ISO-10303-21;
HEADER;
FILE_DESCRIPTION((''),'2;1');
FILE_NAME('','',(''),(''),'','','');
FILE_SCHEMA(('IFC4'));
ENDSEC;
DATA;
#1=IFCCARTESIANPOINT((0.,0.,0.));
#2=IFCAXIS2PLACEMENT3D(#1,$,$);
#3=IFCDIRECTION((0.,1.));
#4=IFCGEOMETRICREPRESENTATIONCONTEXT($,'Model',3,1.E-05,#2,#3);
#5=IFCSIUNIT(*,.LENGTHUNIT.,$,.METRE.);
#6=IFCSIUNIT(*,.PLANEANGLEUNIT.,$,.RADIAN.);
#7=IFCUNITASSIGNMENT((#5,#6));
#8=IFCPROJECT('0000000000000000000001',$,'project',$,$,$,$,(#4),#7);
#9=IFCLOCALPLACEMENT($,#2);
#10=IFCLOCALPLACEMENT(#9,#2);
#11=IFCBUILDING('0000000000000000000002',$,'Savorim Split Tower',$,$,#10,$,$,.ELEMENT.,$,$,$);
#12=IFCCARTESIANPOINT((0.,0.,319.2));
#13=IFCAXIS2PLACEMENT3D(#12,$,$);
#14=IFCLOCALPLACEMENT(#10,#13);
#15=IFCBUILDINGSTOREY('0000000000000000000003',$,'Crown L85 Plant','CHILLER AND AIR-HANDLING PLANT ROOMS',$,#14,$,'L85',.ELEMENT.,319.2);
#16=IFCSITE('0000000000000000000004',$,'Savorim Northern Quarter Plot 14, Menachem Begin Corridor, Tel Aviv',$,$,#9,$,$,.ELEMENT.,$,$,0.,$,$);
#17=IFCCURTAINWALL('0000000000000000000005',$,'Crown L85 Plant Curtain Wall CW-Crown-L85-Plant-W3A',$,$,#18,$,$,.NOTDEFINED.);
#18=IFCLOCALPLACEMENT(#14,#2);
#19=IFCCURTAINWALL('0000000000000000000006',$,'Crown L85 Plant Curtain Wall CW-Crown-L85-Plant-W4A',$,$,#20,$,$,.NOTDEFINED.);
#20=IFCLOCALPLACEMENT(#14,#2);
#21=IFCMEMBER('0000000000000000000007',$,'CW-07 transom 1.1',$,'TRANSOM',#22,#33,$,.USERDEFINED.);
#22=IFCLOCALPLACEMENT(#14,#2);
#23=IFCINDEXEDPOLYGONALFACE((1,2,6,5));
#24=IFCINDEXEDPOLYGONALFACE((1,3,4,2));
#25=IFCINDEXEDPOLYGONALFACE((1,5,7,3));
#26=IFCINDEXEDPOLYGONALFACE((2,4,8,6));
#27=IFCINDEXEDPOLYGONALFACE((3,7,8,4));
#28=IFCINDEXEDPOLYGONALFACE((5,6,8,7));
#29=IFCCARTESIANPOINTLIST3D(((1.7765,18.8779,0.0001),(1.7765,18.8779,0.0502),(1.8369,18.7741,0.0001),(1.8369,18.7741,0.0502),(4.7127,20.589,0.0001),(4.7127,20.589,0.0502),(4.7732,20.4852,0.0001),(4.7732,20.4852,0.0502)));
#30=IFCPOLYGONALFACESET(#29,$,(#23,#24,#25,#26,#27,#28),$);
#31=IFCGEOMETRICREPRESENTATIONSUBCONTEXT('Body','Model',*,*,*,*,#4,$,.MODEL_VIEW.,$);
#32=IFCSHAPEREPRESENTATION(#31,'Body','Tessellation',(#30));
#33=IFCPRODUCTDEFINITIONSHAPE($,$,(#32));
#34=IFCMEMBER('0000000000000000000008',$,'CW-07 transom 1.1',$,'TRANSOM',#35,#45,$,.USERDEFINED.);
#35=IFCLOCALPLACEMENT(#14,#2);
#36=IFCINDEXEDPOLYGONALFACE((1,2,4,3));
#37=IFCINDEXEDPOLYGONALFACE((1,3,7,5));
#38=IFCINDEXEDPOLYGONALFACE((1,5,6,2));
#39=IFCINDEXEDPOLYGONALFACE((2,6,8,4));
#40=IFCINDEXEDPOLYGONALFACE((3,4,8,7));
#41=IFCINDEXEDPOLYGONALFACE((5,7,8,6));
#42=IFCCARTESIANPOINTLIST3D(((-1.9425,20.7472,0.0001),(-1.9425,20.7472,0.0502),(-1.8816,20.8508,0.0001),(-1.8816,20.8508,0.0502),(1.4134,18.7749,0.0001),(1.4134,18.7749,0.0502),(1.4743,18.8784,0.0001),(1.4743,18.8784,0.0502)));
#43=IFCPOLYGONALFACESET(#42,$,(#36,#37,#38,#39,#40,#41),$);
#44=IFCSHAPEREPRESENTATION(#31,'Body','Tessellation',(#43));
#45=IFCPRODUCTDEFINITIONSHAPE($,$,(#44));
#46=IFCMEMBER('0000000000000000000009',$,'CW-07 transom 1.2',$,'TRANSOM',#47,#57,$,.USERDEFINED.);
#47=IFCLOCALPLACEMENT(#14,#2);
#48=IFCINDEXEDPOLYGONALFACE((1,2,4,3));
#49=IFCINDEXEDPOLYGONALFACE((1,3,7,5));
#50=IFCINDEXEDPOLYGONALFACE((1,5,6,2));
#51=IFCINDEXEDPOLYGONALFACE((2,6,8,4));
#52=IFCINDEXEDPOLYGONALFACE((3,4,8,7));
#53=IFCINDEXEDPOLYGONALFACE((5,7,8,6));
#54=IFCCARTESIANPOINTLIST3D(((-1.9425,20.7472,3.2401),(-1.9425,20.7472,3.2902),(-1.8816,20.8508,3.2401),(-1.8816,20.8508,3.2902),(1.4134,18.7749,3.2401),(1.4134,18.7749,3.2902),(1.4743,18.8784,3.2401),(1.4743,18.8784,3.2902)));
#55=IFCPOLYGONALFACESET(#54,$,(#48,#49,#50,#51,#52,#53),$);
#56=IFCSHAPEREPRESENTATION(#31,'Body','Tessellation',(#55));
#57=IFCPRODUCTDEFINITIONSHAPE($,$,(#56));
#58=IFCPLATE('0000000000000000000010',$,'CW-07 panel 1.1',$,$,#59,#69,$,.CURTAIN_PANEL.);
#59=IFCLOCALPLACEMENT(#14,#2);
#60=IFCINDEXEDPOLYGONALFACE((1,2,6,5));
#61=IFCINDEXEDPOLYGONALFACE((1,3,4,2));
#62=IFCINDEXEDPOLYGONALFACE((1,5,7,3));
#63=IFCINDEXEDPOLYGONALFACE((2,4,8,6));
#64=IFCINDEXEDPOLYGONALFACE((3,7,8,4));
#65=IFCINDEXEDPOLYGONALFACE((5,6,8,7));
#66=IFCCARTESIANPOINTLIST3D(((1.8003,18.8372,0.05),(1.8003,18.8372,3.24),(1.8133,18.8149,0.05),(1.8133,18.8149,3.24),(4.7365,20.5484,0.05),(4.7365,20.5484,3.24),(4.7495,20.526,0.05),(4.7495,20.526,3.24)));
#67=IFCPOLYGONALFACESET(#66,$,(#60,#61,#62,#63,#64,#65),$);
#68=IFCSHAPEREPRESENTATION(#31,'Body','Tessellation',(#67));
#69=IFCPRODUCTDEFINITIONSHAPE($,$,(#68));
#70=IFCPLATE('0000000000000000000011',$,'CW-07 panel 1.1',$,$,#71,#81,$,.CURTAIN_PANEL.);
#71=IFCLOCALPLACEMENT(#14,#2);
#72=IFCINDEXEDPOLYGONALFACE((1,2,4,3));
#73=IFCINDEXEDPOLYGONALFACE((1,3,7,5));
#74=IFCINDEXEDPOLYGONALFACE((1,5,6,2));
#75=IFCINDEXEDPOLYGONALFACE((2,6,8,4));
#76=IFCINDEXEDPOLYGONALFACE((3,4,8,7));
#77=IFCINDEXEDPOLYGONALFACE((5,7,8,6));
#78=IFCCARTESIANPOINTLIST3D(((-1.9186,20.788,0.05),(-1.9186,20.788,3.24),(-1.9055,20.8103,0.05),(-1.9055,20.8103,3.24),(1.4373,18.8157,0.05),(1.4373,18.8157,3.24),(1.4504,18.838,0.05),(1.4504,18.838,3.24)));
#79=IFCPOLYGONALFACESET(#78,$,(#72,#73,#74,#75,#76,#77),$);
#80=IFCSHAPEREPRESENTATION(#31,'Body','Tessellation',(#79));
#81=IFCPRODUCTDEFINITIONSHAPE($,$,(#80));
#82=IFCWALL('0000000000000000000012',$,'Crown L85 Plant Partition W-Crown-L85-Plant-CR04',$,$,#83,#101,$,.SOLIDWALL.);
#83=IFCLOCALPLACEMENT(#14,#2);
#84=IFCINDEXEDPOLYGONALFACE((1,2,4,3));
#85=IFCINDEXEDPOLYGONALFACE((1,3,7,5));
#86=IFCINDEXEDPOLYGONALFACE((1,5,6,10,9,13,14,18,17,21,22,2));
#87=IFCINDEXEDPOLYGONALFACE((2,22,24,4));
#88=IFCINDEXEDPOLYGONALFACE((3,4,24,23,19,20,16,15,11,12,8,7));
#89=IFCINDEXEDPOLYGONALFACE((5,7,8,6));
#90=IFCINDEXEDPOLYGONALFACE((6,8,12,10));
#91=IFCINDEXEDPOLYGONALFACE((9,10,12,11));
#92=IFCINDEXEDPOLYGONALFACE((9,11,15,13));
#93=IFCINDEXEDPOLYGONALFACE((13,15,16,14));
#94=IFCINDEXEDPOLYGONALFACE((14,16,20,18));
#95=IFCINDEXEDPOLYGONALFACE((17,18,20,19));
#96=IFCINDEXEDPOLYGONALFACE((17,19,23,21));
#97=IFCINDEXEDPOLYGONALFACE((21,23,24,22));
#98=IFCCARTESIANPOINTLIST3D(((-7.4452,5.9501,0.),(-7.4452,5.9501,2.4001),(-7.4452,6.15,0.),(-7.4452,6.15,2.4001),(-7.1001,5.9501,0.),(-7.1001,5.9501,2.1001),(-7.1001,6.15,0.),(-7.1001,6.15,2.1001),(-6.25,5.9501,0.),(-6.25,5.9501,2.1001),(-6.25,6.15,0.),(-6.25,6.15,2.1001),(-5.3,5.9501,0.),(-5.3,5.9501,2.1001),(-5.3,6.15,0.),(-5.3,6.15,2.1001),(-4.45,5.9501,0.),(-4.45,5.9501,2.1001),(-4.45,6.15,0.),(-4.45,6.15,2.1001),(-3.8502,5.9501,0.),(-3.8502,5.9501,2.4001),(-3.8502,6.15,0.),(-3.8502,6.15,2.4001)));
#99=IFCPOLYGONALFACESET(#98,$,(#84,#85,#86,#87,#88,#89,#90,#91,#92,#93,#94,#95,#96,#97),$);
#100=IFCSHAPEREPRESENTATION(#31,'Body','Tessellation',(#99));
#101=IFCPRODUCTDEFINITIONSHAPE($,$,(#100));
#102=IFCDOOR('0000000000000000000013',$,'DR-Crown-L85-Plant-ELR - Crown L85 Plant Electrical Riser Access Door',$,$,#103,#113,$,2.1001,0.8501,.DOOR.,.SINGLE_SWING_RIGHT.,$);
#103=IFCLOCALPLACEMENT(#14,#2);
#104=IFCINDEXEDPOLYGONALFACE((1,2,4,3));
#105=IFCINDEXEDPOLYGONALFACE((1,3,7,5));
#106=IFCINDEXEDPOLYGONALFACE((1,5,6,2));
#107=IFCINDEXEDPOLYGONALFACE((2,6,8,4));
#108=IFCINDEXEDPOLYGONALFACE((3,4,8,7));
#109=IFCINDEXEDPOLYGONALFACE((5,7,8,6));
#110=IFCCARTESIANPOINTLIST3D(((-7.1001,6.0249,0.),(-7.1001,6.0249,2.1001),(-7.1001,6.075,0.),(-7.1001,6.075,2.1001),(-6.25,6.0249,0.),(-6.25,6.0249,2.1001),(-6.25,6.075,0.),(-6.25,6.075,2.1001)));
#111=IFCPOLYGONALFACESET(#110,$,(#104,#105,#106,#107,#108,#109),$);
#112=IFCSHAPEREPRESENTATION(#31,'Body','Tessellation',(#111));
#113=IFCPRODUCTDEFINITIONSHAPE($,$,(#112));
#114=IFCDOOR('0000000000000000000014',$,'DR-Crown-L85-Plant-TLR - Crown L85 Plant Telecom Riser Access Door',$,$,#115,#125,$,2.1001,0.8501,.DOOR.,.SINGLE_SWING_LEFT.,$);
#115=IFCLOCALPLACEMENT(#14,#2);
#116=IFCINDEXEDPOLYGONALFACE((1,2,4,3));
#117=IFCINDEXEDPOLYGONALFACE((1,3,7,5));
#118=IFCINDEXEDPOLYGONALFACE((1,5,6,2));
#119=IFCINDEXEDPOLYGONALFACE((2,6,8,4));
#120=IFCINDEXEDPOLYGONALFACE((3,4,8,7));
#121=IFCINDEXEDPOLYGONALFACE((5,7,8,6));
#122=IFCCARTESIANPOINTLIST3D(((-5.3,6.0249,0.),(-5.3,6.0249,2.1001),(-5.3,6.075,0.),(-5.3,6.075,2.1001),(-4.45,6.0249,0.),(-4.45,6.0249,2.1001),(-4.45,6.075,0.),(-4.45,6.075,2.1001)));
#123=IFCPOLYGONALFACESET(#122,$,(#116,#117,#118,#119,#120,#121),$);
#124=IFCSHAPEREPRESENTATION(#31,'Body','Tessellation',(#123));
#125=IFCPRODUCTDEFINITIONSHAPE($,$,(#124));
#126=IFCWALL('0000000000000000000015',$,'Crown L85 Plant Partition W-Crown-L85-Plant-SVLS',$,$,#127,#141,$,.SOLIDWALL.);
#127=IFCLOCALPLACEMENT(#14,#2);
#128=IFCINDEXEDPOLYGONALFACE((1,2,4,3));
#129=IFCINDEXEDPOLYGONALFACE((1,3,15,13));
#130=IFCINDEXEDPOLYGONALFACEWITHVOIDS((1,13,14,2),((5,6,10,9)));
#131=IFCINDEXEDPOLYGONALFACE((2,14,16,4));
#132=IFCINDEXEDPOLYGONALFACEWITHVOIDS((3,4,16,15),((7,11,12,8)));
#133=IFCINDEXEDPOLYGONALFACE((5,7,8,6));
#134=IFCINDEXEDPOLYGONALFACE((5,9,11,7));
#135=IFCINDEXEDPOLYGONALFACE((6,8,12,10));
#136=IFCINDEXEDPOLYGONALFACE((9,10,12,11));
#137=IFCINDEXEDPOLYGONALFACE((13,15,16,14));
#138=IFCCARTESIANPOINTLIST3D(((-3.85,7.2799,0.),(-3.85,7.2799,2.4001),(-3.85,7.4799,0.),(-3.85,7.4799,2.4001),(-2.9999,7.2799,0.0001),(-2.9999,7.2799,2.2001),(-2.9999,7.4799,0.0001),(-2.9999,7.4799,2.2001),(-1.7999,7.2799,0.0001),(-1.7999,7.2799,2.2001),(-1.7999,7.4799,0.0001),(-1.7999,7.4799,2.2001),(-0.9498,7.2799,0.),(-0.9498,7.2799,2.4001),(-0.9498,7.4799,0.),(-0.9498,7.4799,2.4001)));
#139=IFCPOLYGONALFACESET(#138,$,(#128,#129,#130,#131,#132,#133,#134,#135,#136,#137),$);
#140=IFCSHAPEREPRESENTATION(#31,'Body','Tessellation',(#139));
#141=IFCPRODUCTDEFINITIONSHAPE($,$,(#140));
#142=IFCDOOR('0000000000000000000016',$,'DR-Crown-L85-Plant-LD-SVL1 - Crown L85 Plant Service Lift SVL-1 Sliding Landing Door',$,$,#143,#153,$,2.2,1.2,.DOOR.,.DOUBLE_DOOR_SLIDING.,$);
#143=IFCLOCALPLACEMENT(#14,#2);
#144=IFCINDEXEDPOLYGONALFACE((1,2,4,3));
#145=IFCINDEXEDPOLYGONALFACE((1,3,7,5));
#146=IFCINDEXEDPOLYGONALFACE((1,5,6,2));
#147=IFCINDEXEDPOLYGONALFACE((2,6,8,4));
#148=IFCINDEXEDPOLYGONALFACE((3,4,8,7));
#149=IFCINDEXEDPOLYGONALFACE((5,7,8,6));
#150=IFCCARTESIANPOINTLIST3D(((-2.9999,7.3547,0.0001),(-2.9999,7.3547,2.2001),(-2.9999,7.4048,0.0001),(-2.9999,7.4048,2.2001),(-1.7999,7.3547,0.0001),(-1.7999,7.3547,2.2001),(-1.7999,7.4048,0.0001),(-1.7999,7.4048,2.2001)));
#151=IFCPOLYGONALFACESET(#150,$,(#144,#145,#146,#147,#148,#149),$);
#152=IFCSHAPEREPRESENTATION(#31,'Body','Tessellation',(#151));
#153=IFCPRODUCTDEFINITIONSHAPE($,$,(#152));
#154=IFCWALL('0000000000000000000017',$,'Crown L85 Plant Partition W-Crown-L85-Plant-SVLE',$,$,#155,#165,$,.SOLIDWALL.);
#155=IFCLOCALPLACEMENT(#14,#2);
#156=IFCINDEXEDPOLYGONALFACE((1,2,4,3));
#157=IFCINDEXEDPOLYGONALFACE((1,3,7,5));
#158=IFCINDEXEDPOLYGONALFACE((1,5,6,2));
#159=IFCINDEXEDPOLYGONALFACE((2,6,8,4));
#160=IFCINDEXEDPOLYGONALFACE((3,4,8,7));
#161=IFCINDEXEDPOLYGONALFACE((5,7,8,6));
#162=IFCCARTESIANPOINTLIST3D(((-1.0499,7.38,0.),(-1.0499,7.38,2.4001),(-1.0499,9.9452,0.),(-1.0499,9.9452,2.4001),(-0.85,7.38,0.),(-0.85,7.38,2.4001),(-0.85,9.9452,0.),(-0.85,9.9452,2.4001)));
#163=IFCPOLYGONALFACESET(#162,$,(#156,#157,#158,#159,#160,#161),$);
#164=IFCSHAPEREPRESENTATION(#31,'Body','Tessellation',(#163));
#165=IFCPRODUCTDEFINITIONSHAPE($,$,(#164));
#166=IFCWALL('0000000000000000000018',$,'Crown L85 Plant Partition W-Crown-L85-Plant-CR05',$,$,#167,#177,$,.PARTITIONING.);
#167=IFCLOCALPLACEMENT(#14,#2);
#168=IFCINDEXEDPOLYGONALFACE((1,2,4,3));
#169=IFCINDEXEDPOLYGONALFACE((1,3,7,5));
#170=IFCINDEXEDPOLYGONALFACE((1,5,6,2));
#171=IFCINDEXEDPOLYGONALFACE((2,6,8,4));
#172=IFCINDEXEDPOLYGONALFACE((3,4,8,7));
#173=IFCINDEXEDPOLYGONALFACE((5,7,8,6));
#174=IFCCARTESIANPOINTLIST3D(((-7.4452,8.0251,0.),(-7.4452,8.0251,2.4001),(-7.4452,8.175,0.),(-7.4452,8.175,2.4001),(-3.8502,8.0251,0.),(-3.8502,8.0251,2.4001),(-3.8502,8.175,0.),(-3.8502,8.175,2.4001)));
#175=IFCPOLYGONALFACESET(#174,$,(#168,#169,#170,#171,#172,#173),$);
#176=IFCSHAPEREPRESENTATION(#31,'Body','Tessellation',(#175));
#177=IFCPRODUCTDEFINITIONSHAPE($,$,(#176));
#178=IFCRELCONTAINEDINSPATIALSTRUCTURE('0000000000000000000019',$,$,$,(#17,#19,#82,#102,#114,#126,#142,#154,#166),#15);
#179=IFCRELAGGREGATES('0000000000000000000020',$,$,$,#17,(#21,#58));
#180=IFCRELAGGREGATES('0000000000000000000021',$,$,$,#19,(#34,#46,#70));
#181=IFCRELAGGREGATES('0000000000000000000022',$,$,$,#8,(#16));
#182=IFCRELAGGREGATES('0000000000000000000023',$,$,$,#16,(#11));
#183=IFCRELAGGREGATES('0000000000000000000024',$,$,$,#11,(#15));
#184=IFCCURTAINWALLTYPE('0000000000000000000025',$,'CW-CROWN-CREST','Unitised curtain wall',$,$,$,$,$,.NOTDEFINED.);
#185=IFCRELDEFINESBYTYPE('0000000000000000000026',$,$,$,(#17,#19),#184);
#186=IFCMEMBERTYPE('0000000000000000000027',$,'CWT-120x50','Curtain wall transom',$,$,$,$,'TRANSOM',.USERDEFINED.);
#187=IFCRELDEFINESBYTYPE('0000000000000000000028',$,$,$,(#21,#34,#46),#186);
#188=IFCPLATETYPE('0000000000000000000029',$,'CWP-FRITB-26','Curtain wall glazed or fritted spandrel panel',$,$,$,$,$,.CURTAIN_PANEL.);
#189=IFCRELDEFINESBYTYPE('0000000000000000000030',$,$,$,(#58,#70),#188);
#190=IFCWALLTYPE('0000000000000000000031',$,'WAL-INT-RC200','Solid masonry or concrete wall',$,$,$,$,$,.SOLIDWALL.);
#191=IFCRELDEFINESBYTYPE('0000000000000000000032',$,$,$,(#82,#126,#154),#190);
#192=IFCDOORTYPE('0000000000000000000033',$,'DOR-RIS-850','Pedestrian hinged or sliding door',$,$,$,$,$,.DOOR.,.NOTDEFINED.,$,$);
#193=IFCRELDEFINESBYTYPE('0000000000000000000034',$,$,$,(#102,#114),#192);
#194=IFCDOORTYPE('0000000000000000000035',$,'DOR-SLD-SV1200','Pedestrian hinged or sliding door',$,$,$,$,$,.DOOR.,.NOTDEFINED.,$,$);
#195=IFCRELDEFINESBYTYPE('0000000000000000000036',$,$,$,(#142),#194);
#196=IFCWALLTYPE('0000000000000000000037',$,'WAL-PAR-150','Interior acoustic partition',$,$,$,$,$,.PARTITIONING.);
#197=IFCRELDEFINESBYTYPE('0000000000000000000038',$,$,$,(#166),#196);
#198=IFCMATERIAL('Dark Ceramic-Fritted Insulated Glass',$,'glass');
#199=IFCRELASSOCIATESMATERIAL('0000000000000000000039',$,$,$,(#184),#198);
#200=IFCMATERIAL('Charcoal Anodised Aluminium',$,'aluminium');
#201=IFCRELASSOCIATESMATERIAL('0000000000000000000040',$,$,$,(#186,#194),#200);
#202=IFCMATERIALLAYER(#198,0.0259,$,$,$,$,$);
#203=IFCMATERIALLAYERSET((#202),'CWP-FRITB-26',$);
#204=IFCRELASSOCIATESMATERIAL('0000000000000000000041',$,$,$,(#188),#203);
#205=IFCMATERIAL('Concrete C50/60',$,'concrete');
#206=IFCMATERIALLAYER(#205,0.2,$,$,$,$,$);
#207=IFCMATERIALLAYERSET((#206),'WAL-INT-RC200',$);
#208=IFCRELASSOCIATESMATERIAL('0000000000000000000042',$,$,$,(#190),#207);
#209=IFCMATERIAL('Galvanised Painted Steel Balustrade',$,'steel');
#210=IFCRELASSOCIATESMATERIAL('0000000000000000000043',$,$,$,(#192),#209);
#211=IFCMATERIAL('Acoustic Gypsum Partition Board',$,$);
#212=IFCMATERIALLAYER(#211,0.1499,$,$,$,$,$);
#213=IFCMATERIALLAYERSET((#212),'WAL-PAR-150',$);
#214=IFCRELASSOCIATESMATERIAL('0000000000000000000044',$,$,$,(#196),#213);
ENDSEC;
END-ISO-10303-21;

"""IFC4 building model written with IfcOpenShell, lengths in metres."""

from ifc_helpers import new_model, si_unit, direction, frame, frame_2d, origin, origin_2d, place, context, subcontext, project, spatial, rectangle, extrude, material, layer, layer_set, material_profile, profile_set, type_object, element, fill, aggregate, save


model = new_model("IFC4")

# Units and contexts
model_context = context("Model", 3, precision=1e-05, world=origin(), true_north=direction((0.0, 1.0)))
body_context = subcontext(model_context, "Body", "Model", "MODEL_VIEW")
ifc_project = project(units=[si_unit("LENGTHUNIT", "METRE"), si_unit("PLANEANGLEUNIT", "RADIAN")], contexts=[model_context])

# Site, building, storey
site_placement = place(None, origin())
site = spatial("IfcSite", under=ifc_project, at=site_placement, Name="Savorim Northern Quarter Plot 14, Menachem Begin Corridor, Tel Aviv", CompositionType="ELEMENT", RefElevation=0.0)
building_placement = place(site_placement, origin())
building = spatial("IfcBuilding", under=site, at=building_placement, Name="Savorim Split Tower", CompositionType="ELEMENT")
storey_placement = place(building_placement, frame((0.0, 0.0, 319.2)))
storey = spatial("IfcBuildingStorey", under=building, at=storey_placement, Name="Crown L85 Plant", Description="CHILLER AND AIR-HANDLING PLANT ROOMS", LongName="L85", CompositionType="ELEMENT", Elevation=319.2)

# Curtain wall
ifc_material_1 = material(Name="Dark Ceramic-Fritted Insulated Glass", Category="glass")
curtain_wall_type = type_object("IfcCurtainWallType", Name="CW-CROWN-CREST", Description="Unitised curtain wall", PredefinedType="NOTDEFINED", material=ifc_material_1)
curtain_wall_1_placement = place(storey_placement, origin())
curtain_wall_1 = element("IfcCurtainWall", 1, at=curtain_wall_1_placement, inside=storey, type_object=curtain_wall_type, Name="Crown L85 Plant Curtain Wall CW-Crown-L85-Plant-W3A", PredefinedType="NOTDEFINED")
ifc_material_2 = material(Name="Charcoal Anodised Aluminium", Category="aluminium")

# Curtain wall
curtain_wall_2_placement = place(storey_placement, origin())
curtain_wall_2 = element("IfcCurtainWall", 2, at=curtain_wall_2_placement, inside=storey, type_object=curtain_wall_type, Name="Crown L85 Plant Curtain Wall CW-Crown-L85-Plant-W4A", PredefinedType="NOTDEFINED")

# Members
ifc_material_profile_1 = material_profile(ifc_material_2, rectangle(XDim=0.1201, YDim=0.05, at=origin_2d()), Name="ALU-T 120x50")
ifc_profile_set_1 = profile_set([ifc_material_profile_1], Name="Charcoal Anodised Aluminium")
member_type_1 = type_object("IfcMemberType", Name="CWT-120x50", Description="Curtain wall transom", ElementType="TRANSOM", PredefinedType="USERDEFINED", material=ifc_profile_set_1)
member_1_placement = place(storey_placement, frame((4.7429, 20.5371, 0.0251), z_axis=(-0.86399, -0.503509, 0.0), x_axis=(0.503509, -0.86399, 0.0)))
member_1 = element("IfcMember", 3, at=member_1_placement, type_object=member_type_1, Name="CW-07 transom 1.1", ObjectType="TRANSOM", PredefinedType="USERDEFINED", context=body_context, shape_type="SweptSolid", body=[
    extrude(rectangle(XDim=0.1201, YDim=0.05, at=origin_2d()), origin(), (0.0, 0.0, 1.0), 3.3984),
])
member_2_placement = place(storey_placement, frame((1.4438, 18.8267, 0.0251), z_axis=(-0.862123, 0.506699, 0.0), x_axis=(-0.506699, -0.862123, 0.0)))
member_2 = element("IfcMember", 4, at=member_2_placement, type_object=member_type_1, Name="CW-07 transom 1.1", ObjectType="TRANSOM", PredefinedType="USERDEFINED", context=body_context, shape_type="SweptSolid", body=[
    extrude(rectangle(XDim=0.1201, YDim=0.05, at=origin_2d()), origin(), (0.0, 0.0, 1.0), 3.8926),
])
member_3_placement = place(storey_placement, frame((1.4438, 18.8267, 3.2651), z_axis=(-0.862123, 0.506699, 0.0), x_axis=(-0.506699, -0.862123, 0.0)))
member_3 = element("IfcMember", 5, at=member_3_placement, type_object=member_type_1, Name="CW-07 transom 1.2", ObjectType="TRANSOM", PredefinedType="USERDEFINED", context=body_context, shape_type="SweptSolid", body=[
    extrude(rectangle(XDim=0.1201, YDim=0.05, at=origin_2d()), origin(), (0.0, 0.0, 1.0), 3.8926),
])

# Plates
ifc_layer_1 = layer(ifc_material_1, 0.0259)
ifc_layer_set_1 = layer_set([ifc_layer_1], Name="CWP-FRITB-26")
plate_type = type_object("IfcPlateType", Name="CWP-FRITB-26", Description="Curtain wall glazed or fritted spandrel panel", PredefinedType="CURTAIN_PANEL", material=ifc_layer_set_1)
plate_1_placement = place(storey_placement, frame((3.2749, 19.6816, 0.05), z_axis=(0.0, 0.0, 1.0), x_axis=(-0.863986, -0.503516, 0.0)))
plate_1 = element("IfcPlate", 6, at=plate_1_placement, type_object=plate_type, Name="CW-07 panel 1.1", PredefinedType="CURTAIN_PANEL", context=body_context, shape_type="SweptSolid", body=[
    extrude(rectangle(XDim=3.3984, YDim=0.0259, at=origin_2d()), origin(), (0.0, 0.0, 1.0), 3.1899),
])
aggregate(curtain_wall_1, [member_1, plate_1])
plate_2_placement = place(storey_placement, frame((-0.2341, 19.813, 0.05), z_axis=(0.0, 0.0, 1.0), x_axis=(-0.862124, 0.506698, 0.0)))
plate_2 = element("IfcPlate", 7, at=plate_2_placement, type_object=plate_type, Name="CW-07 panel 1.1", PredefinedType="CURTAIN_PANEL", context=body_context, shape_type="SweptSolid", body=[
    extrude(rectangle(XDim=3.8926, YDim=0.0259, at=origin_2d()), origin(), (0.0, 0.0, 1.0), 3.1899),
])
aggregate(curtain_wall_2, [member_2, member_3, plate_2])

# Wall, openings, doors
ifc_material_3 = material(Name="Concrete C50/60", Category="concrete")
ifc_layer_2 = layer(ifc_material_3, 0.2)
ifc_layer_set_2 = layer_set([ifc_layer_2], Name="WAL-INT-RC200")
wall_type_1 = type_object("IfcWallType", Name="WAL-INT-RC200", Description="Solid masonry or concrete wall", PredefinedType="SOLIDWALL", material=ifc_layer_set_2)
wall_1_placement = place(storey_placement, frame((-7.4451, 6.05, 0.0), z_axis=(0.0, 0.0, 1.0), x_axis=(1.0, 0.0, 0.0)))
wall_1 = element("IfcWall", 8, at=wall_1_placement, inside=storey, type_object=wall_type_1, Name="Crown L85 Plant Partition W-Crown-L85-Plant-CR04", PredefinedType="SOLIDWALL", context=body_context, shape_type="SweptSolid", body=[
    extrude(rectangle(XDim=3.595, YDim=0.2, at=frame_2d((1.7974, 0.0))), origin(), (0.0, 0.0, 1.0), 2.4001),
])
opening_1_placement = place(wall_1_placement, frame((0.345, 0.0, 0.0)))
opening_1 = element("IfcOpeningElement", 9, at=opening_1_placement, cuts=wall_1, PredefinedType="OPENING", context=body_context, shape_type="SweptSolid", body=[
    extrude(rectangle(XDim=0.8501, YDim=2.1001, at=frame_2d((0.425, 1.05))), frame((0.0, 0.1099, 0.0), z_axis=(0.0, -1.0, 0.0), x_axis=(1.0, 0.0, 0.0)), (0.0, 0.0, 1.0), 0.22),
])
opening_2_placement = place(wall_1_placement, frame((2.145, 0.0, 0.0)))
opening_2 = element("IfcOpeningElement", 10, at=opening_2_placement, cuts=wall_1, PredefinedType="OPENING", context=body_context, shape_type="SweptSolid", body=[
    extrude(rectangle(XDim=0.8501, YDim=2.1001, at=frame_2d((0.425, 1.05))), frame((0.0, 0.1099, 0.0), z_axis=(0.0, -1.0, 0.0), x_axis=(1.0, 0.0, 0.0)), (0.0, 0.0, 1.0), 0.22),
])
ifc_material_4 = material(Name="Galvanised Painted Steel Balustrade", Category="steel")
door_type_1 = type_object("IfcDoorType", Name="DOR-RIS-850", Description="Pedestrian hinged or sliding door", OperationType="NOTDEFINED", PredefinedType="DOOR", material=ifc_material_4)
door_1_placement = place(opening_1_placement, origin())
door_1 = element("IfcDoor", 11, at=door_1_placement, inside=storey, type_object=door_type_1, Name="DR-Crown-L85-Plant-ELR - Crown L85 Plant Electrical Riser Access Door", OperationType="SINGLE_SWING_RIGHT", OverallHeight=2.1001, OverallWidth=0.8501, PredefinedType="DOOR", context=body_context, shape_type="SweptSolid", body=[
    extrude(rectangle(XDim=0.8501, YDim=2.1001, at=frame_2d((0.425, 1.05))), frame((0.0, 0.0249, 0.0), z_axis=(0.0, -1.0, 0.0), x_axis=(1.0, 0.0, 0.0)), (0.0, 0.0, 1.0), 0.05),
])
fill(opening_1, door_1)
door_2_placement = place(opening_2_placement, origin())
door_2 = element("IfcDoor", 12, at=door_2_placement, inside=storey, type_object=door_type_1, Name="DR-Crown-L85-Plant-TLR - Crown L85 Plant Telecom Riser Access Door", OperationType="SINGLE_SWING_LEFT", OverallHeight=2.1001, OverallWidth=0.8501, PredefinedType="DOOR", context=body_context, shape_type="SweptSolid", body=[
    extrude(rectangle(XDim=0.8501, YDim=2.1001, at=frame_2d((0.425, 1.05))), frame((0.0, 0.0249, 0.0), z_axis=(0.0, -1.0, 0.0), x_axis=(1.0, 0.0, 0.0)), (0.0, 0.0, 1.0), 0.05),
])
fill(opening_2, door_2)

# Wall, opening, door
wall_2_placement = place(storey_placement, frame((-3.8501, 7.3799, 0.0), z_axis=(0.0, 0.0, 1.0), x_axis=(1.0, 0.0, 0.0)))
wall_2 = element("IfcWall", 13, at=wall_2_placement, inside=storey, type_object=wall_type_1, Name="Crown L85 Plant Partition W-Crown-L85-Plant-SVLS", PredefinedType="SOLIDWALL", context=body_context, shape_type="SweptSolid", body=[
    extrude(rectangle(XDim=2.9001, YDim=0.2, at=frame_2d((1.4502, 0.0))), origin(), (0.0, 0.0, 1.0), 2.4001),
])
opening_3_placement = place(wall_2_placement, frame((0.8501, 0.0, 0.0)))
opening_3 = element("IfcOpeningElement", 14, at=opening_3_placement, cuts=wall_2, PredefinedType="OPENING", context=body_context, shape_type="SweptSolid", body=[
    extrude(rectangle(XDim=1.2, YDim=2.2, at=frame_2d((0.6001, 1.1001))), frame((0.0, 0.1099, 0.0), z_axis=(0.0, -1.0, 0.0), x_axis=(1.0, 0.0, 0.0)), (0.0, 0.0, 1.0), 0.22),
])
door_type_2 = type_object("IfcDoorType", Name="DOR-SLD-SV1200", Description="Pedestrian hinged or sliding door", OperationType="NOTDEFINED", PredefinedType="DOOR", material=ifc_material_2)
door_3_placement = place(opening_3_placement, origin())
door_3 = element("IfcDoor", 15, at=door_3_placement, inside=storey, type_object=door_type_2, Name="DR-Crown-L85-Plant-LD-SVL1 - Crown L85 Plant Service Lift SVL-1 Sliding Landing Door", OperationType="DOUBLE_DOOR_SLIDING", OverallHeight=2.2, OverallWidth=1.2, PredefinedType="DOOR", context=body_context, shape_type="SweptSolid", body=[
    extrude(rectangle(XDim=1.2, YDim=2.2, at=frame_2d((0.6001, 1.1001))), frame((0.0, 0.0249, 0.0), z_axis=(0.0, -1.0, 0.0), x_axis=(1.0, 0.0, 0.0)), (0.0, 0.0, 1.0), 0.05),
])
fill(opening_3, door_3)

# Wall
wall_3_placement = place(storey_placement, frame((-0.95, 7.3799, 0.0), z_axis=(0.0, 0.0, 1.0), x_axis=(0.0, 1.0, 0.0)))
element("IfcWall", 16, at=wall_3_placement, inside=storey, type_object=wall_type_1, Name="Crown L85 Plant Partition W-Crown-L85-Plant-SVLE", PredefinedType="SOLIDWALL", context=body_context, shape_type="SweptSolid", body=[
    extrude(rectangle(XDim=2.5652, YDim=0.2, at=frame_2d((1.2827, 0.0))), origin(), (0.0, 0.0, 1.0), 2.4001),
])

# Wall
ifc_material_5 = material(Name="Acoustic Gypsum Partition Board")
ifc_layer_3 = layer(ifc_material_5, 0.1499)
ifc_layer_set_3 = layer_set([ifc_layer_3], Name="WAL-PAR-150")
wall_type_2 = type_object("IfcWallType", Name="WAL-PAR-150", Description="Interior acoustic partition", PredefinedType="PARTITIONING", material=ifc_layer_set_3)
wall_4_placement = place(storey_placement, frame((-7.4451, 8.1001, 0.0), z_axis=(0.0, 0.0, 1.0), x_axis=(1.0, 0.0, 0.0)))
element("IfcWall", 17, at=wall_4_placement, inside=storey, type_object=wall_type_2, Name="Crown L85 Plant Partition W-Crown-L85-Plant-CR05", PredefinedType="PARTITIONING", context=body_context, shape_type="SweptSolid", body=[
    extrude(rectangle(XDim=3.595, YDim=0.1499, at=frame_2d((1.7974, 0.0))), origin(), (0.0, 0.0, 1.0), 2.4001),
])

save(model, "model.ifc")
